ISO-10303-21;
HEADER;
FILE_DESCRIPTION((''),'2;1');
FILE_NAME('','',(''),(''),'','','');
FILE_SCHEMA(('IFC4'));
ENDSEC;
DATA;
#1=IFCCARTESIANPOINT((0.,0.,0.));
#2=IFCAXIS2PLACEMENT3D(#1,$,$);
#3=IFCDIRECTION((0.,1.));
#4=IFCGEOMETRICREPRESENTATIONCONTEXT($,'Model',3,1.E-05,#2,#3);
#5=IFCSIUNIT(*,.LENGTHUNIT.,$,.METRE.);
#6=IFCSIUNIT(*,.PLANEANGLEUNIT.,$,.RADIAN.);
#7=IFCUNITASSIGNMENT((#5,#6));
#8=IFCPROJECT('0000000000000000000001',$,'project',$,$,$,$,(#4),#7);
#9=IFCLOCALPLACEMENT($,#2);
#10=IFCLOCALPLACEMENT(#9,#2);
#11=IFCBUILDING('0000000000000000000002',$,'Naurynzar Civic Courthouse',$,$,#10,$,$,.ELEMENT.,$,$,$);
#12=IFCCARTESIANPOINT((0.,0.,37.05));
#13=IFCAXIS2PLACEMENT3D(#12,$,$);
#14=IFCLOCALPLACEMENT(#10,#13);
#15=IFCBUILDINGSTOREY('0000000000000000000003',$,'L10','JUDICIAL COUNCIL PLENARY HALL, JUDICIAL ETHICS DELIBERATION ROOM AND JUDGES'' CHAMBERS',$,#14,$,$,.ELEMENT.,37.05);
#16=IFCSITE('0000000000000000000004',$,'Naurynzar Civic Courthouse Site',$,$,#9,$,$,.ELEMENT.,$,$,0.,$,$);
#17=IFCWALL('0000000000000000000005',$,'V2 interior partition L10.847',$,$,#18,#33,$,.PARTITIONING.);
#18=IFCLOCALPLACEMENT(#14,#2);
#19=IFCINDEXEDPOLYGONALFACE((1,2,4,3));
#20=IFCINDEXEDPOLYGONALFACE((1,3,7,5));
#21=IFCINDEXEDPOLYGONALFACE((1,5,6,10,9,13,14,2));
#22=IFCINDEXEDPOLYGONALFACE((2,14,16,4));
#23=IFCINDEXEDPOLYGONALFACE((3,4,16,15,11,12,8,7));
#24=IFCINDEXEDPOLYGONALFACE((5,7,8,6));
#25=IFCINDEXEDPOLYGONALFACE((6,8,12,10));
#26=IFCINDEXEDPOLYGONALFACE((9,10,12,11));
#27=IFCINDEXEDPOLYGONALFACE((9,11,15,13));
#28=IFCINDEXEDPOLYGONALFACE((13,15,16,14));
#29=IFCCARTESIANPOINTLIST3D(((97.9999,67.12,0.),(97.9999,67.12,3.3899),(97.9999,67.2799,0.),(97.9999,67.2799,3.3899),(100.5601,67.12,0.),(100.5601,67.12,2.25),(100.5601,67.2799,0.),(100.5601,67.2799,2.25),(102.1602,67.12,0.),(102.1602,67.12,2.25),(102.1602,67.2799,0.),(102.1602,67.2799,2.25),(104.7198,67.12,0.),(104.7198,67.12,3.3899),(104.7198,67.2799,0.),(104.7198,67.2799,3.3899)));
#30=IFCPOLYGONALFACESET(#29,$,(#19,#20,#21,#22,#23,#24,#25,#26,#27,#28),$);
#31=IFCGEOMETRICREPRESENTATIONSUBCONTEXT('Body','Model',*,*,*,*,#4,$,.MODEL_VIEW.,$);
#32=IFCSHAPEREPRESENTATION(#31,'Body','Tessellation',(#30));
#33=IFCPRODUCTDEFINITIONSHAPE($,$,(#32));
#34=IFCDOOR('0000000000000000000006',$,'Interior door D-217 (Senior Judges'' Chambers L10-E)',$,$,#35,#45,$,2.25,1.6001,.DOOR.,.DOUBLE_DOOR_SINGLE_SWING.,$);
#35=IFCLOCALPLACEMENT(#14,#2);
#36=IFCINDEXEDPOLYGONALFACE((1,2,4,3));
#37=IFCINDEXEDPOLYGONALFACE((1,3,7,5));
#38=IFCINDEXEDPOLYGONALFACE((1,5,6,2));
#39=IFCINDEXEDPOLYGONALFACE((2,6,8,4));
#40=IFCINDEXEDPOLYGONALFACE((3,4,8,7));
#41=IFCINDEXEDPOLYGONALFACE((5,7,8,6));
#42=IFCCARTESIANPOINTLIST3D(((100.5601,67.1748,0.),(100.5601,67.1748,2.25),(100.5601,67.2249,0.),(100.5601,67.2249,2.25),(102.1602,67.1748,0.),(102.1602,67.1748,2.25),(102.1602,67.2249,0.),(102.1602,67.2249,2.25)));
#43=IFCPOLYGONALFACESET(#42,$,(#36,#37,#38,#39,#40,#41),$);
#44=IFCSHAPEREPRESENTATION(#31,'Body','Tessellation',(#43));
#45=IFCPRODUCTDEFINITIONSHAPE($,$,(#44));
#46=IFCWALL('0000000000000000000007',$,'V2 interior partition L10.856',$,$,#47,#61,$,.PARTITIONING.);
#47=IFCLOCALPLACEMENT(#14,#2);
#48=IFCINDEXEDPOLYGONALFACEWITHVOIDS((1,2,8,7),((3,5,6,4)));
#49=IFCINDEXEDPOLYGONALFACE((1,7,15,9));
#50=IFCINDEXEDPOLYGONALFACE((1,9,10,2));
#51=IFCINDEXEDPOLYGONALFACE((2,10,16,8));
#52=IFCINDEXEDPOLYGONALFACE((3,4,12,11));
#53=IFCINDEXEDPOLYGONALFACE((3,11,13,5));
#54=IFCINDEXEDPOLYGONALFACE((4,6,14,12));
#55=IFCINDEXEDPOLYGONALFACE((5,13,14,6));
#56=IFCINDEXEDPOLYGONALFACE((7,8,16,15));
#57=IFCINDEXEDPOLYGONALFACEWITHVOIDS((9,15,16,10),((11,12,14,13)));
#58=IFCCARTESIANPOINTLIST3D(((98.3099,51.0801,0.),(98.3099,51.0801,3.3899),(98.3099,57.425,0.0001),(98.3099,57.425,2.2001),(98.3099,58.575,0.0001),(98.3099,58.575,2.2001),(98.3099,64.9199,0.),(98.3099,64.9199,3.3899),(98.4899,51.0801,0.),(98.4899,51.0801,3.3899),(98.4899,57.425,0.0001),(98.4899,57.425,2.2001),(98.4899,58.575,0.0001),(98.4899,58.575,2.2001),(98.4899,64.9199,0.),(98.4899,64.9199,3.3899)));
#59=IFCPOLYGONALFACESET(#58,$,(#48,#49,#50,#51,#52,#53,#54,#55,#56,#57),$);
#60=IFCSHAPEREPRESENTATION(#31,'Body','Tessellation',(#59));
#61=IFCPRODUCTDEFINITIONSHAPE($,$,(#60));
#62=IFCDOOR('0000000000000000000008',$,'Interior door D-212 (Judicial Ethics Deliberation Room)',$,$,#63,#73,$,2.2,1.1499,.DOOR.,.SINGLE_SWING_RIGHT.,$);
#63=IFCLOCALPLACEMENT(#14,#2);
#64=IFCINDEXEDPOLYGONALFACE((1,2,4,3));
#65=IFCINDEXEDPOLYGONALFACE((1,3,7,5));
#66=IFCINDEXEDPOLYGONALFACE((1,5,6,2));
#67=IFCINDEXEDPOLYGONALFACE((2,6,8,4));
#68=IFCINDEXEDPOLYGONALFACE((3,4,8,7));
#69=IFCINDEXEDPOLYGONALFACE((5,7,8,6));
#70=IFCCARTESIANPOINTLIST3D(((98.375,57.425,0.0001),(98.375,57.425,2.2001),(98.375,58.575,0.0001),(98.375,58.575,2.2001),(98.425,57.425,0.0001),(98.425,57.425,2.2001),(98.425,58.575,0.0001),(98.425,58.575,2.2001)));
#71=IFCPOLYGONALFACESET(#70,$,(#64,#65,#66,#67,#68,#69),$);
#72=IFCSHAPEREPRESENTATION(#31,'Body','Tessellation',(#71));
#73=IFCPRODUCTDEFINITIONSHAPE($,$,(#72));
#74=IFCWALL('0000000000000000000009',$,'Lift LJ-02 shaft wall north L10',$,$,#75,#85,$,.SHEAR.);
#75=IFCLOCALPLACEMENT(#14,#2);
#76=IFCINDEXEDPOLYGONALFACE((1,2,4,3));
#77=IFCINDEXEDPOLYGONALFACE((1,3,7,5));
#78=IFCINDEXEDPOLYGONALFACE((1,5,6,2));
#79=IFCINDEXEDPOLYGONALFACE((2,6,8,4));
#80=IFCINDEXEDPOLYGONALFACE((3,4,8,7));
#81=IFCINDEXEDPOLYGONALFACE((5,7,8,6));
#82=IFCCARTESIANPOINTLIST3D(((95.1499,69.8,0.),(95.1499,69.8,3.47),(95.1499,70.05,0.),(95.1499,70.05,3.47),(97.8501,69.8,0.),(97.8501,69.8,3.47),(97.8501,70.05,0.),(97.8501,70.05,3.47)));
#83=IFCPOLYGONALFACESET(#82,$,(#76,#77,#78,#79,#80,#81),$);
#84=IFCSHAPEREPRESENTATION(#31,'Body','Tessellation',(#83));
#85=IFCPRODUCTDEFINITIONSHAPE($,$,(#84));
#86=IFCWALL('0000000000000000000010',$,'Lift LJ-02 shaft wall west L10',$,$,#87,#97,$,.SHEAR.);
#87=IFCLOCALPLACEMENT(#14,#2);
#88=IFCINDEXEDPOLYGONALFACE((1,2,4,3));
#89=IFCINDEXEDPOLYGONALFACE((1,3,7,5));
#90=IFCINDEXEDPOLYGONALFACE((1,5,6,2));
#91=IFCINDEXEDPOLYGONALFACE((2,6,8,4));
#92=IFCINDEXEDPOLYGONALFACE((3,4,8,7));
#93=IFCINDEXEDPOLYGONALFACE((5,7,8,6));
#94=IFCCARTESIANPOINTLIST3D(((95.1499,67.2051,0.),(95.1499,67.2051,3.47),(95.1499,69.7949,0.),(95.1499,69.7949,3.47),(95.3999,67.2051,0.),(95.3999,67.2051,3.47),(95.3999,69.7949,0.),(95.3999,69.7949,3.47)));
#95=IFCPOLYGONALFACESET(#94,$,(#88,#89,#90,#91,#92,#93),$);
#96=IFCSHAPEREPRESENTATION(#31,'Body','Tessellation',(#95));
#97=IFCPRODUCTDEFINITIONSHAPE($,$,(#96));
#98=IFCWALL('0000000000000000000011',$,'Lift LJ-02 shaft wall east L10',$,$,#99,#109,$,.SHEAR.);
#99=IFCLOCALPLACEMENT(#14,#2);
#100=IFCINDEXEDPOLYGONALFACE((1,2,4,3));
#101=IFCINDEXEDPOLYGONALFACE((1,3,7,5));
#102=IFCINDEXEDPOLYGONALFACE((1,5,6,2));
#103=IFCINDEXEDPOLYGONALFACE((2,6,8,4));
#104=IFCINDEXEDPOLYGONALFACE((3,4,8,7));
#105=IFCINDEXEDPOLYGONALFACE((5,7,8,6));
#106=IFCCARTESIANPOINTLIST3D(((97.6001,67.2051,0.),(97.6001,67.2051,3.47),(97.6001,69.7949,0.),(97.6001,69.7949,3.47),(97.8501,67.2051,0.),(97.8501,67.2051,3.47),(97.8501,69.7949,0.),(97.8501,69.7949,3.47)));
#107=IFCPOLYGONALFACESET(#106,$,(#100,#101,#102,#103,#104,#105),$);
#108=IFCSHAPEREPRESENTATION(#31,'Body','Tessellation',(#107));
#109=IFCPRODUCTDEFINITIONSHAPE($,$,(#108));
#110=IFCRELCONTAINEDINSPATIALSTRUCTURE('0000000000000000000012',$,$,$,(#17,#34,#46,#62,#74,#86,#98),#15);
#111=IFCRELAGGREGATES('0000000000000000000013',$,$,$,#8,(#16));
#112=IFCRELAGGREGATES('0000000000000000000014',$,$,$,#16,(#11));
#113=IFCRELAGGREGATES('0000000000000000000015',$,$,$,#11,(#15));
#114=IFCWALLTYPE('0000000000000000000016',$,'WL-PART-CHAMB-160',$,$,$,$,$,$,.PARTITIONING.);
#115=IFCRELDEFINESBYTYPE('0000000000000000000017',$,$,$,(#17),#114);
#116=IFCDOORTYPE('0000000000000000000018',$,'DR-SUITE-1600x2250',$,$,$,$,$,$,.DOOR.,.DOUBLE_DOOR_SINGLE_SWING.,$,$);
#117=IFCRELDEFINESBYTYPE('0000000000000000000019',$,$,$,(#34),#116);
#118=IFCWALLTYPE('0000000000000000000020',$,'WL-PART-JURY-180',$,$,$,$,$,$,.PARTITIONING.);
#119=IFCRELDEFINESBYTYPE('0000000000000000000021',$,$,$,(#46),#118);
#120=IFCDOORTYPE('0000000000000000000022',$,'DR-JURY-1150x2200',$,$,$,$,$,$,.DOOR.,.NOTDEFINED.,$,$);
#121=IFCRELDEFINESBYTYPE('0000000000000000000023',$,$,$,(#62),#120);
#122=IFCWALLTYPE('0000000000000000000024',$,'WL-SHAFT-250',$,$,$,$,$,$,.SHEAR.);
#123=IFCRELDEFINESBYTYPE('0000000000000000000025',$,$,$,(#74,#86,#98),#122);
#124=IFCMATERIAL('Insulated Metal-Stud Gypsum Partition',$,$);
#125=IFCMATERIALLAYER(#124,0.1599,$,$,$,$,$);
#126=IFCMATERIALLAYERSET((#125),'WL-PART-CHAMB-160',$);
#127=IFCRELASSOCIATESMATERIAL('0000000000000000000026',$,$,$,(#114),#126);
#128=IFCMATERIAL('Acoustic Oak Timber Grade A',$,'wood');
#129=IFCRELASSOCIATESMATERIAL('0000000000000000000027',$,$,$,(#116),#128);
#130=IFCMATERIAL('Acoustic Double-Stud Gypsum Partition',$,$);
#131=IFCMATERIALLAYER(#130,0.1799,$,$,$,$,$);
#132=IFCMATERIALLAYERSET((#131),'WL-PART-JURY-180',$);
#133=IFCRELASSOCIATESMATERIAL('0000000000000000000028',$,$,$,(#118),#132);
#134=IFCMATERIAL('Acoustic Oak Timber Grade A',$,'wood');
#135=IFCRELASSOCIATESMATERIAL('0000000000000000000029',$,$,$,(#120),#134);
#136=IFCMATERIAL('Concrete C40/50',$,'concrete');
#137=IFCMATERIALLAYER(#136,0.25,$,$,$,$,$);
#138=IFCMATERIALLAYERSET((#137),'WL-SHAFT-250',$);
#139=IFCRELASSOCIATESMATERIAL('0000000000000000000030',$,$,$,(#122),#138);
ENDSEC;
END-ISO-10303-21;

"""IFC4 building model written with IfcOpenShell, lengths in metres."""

from ifc_helpers import new_model, si_unit, direction, frame, frame_2d, origin, place, context, subcontext, project, spatial, rectangle, extrude, material, layer, layer_set, type_object, element, fill, save


model = new_model("IFC4")

# Units and contexts
model_context = context("Model", 3, precision=1e-05, world=origin(), true_north=direction((0.0, 1.0)))
body_context = subcontext(model_context, "Body", "Model", "MODEL_VIEW")
ifc_project = project(units=[si_unit("LENGTHUNIT", "METRE"), si_unit("PLANEANGLEUNIT", "RADIAN")], contexts=[model_context])

# Site, building, storey
site_placement = place(None, origin())
site = spatial("IfcSite", under=ifc_project, at=site_placement, Name="Naurynzar Civic Courthouse Site", CompositionType="ELEMENT", RefElevation=0.0)
building_placement = place(site_placement, origin())
building = spatial("IfcBuilding", under=site, at=building_placement, Name="Naurynzar Civic Courthouse", CompositionType="ELEMENT")
storey_placement = place(building_placement, frame((0.0, 0.0, 37.05)))
storey = spatial("IfcBuildingStorey", under=building, at=storey_placement, Name="L10", Description="JUDICIAL COUNCIL PLENARY HALL, JUDICIAL ETHICS DELIBERATION ROOM AND JUDGES' CHAMBERS", CompositionType="ELEMENT", Elevation=37.05)

# Walls, openings, doors
ifc_material_1 = material(Name="Insulated Metal-Stud Gypsum Partition")
ifc_layer_1 = layer(ifc_material_1, 0.1599)
ifc_layer_set_1 = layer_set([ifc_layer_1], Name="WL-PART-CHAMB-160")
wall_type_1 = type_object("IfcWallType", Name="WL-PART-CHAMB-160", PredefinedType="PARTITIONING", material=ifc_layer_set_1)
wall_1_placement = place(storey_placement, frame((98.0, 67.2, 0.0), z_axis=(0.0, 0.0, 1.0), x_axis=(1.0, 0.0, 0.0)))
wall_1 = element("IfcWall", 1, at=wall_1_placement, inside=storey, type_object=wall_type_1, Name="V2 interior partition L10.847", PredefinedType="PARTITIONING", context=body_context, shape_type="SweptSolid", body=[
    extrude(rectangle(XDim=6.72, YDim=0.1599, at=frame_2d((3.3599, 0.0))), origin(), (0.0, 0.0, 1.0), 3.3899),
])
opening_1_placement = place(wall_1_placement, frame((2.5601, 0.0, 0.0)))
opening_1 = element("IfcOpeningElement", 2, at=opening_1_placement, cuts=wall_1, PredefinedType="OPENING", context=body_context, shape_type="SweptSolid", body=[
    extrude(rectangle(XDim=1.6001, YDim=2.25, at=frame_2d((0.8, 1.125))), frame((0.0, 0.0898, 0.0), z_axis=(0.0, -1.0, 0.0), x_axis=(1.0, 0.0, 0.0)), (0.0, 0.0, 1.0), 0.1799),
])
ifc_material_2 = material(Name="Acoustic Oak Timber Grade A", Category="wood")
door_type_1 = type_object("IfcDoorType", Name="DR-SUITE-1600x2250", OperationType="DOUBLE_DOOR_SINGLE_SWING", PredefinedType="DOOR", material=ifc_material_2)
door_1_placement = place(opening_1_placement, origin())
door_1 = element("IfcDoor", 3, at=door_1_placement, inside=storey, type_object=door_type_1, Name="Interior door D-217 (Senior Judges' Chambers L10-E)", OperationType="DOUBLE_DOOR_SINGLE_SWING", OverallHeight=2.25, OverallWidth=1.6001, PredefinedType="DOOR", context=body_context, shape_type="SweptSolid", body=[
    extrude(rectangle(XDim=1.6001, YDim=2.25, at=frame_2d((0.8, 1.125))), frame((0.0, 0.0249, 0.0), z_axis=(0.0, -1.0, 0.0), x_axis=(1.0, 0.0, 0.0)), (0.0, 0.0, 1.0), 0.05),
])
fill(opening_1, door_1)
ifc_material_3 = material(Name="Acoustic Double-Stud Gypsum Partition")
ifc_layer_2 = layer(ifc_material_3, 0.1799)
ifc_layer_set_2 = layer_set([ifc_layer_2], Name="WL-PART-JURY-180")
wall_type_2 = type_object("IfcWallType", Name="WL-PART-JURY-180", PredefinedType="PARTITIONING", material=ifc_layer_set_2)
wall_2_placement = place(storey_placement, frame((98.3999, 51.0801, 0.0), z_axis=(0.0, 0.0, 1.0), x_axis=(0.0, 1.0, 0.0)))
wall_2 = element("IfcWall", 4, at=wall_2_placement, inside=storey, type_object=wall_type_2, Name="V2 interior partition L10.856", PredefinedType="PARTITIONING", context=body_context, shape_type="SweptSolid", body=[
    extrude(rectangle(XDim=13.8398, YDim=0.1799, at=frame_2d((6.9199, 0.0))), origin(), (0.0, 0.0, 1.0), 3.3899),
])
opening_2_placement = place(wall_2_placement, frame((6.345, 0.0, 0.0)))
opening_2 = element("IfcOpeningElement", 5, at=opening_2_placement, cuts=wall_2, PredefinedType="OPENING", context=body_context, shape_type="SweptSolid", body=[
    extrude(rectangle(XDim=1.1499, YDim=2.2, at=frame_2d((0.575, 1.1001))), frame((0.0, 0.0999, 0.0), z_axis=(0.0, -1.0, 0.0), x_axis=(1.0, 0.0, 0.0)), (0.0, 0.0, 1.0), 0.2),
])
ifc_material_4 = material(Name="Acoustic Oak Timber Grade A", Category="wood")
door_type_2 = type_object("IfcDoorType", Name="DR-JURY-1150x2200", OperationType="NOTDEFINED", PredefinedType="DOOR", material=ifc_material_4)
door_2_placement = place(opening_2_placement, origin())
door_2 = element("IfcDoor", 6, at=door_2_placement, inside=storey, type_object=door_type_2, Name="Interior door D-212 (Judicial Ethics Deliberation Room)", OperationType="SINGLE_SWING_RIGHT", OverallHeight=2.2, OverallWidth=1.1499, PredefinedType="DOOR", context=body_context, shape_type="SweptSolid", body=[
    extrude(rectangle(XDim=1.1499, YDim=2.2, at=frame_2d((0.575, 1.1001))), frame((0.0, 0.0249, 0.0), z_axis=(0.0, -1.0, 0.0), x_axis=(1.0, 0.0, 0.0)), (0.0, 0.0, 1.0), 0.05),
])
fill(opening_2, door_2)
ifc_material_5 = material(Name="Concrete C40/50", Category="concrete")
ifc_layer_3 = layer(ifc_material_5, 0.25)
ifc_layer_set_3 = layer_set([ifc_layer_3], Name="WL-SHAFT-250")
wall_type_3 = type_object("IfcWallType", Name="WL-SHAFT-250", PredefinedType="SHEAR", material=ifc_layer_set_3)

# Walls
wall_3_placement = place(storey_placement, frame((97.8501, 69.925, 0.0), z_axis=(0.0, 0.0, 1.0), x_axis=(-1.0, 0.0, 0.0)))
element("IfcWall", 7, at=wall_3_placement, inside=storey, type_object=wall_type_3, Name="Lift LJ-02 shaft wall north L10", PredefinedType="SHEAR", context=body_context, shape_type="SweptSolid", body=[
    extrude(rectangle(XDim=2.7002, YDim=0.25, at=frame_2d((1.3501, 0.0))), origin(), (0.0, 0.0, 1.0), 3.47),
])
for number, where, z_axis, x_axis, name in (
    (8, (95.2749, 69.7949, 0.0), (0.0, 0.0, 1.0), (0.0, -1.0, 0.0), "Lift LJ-02 shaft wall west L10"),
    (9, (97.7251, 67.2051, 0.0), (0.0, 0.0, 1.0), (0.0, 1.0, 0.0), "Lift LJ-02 shaft wall east L10"),
):
    element("IfcWall", number, at=place(storey_placement, frame(where, z_axis=z_axis, x_axis=x_axis)), inside=storey, type_object=wall_type_3, Name=name, PredefinedType="SHEAR", context=body_context, shape_type="SweptSolid", body=[
        extrude(rectangle(XDim=2.5898, YDim=0.25, at=frame_2d((1.2949, 0.0))), origin(), (0.0, 0.0, 1.0), 3.47),
    ])

save(model, "model.ifc")
